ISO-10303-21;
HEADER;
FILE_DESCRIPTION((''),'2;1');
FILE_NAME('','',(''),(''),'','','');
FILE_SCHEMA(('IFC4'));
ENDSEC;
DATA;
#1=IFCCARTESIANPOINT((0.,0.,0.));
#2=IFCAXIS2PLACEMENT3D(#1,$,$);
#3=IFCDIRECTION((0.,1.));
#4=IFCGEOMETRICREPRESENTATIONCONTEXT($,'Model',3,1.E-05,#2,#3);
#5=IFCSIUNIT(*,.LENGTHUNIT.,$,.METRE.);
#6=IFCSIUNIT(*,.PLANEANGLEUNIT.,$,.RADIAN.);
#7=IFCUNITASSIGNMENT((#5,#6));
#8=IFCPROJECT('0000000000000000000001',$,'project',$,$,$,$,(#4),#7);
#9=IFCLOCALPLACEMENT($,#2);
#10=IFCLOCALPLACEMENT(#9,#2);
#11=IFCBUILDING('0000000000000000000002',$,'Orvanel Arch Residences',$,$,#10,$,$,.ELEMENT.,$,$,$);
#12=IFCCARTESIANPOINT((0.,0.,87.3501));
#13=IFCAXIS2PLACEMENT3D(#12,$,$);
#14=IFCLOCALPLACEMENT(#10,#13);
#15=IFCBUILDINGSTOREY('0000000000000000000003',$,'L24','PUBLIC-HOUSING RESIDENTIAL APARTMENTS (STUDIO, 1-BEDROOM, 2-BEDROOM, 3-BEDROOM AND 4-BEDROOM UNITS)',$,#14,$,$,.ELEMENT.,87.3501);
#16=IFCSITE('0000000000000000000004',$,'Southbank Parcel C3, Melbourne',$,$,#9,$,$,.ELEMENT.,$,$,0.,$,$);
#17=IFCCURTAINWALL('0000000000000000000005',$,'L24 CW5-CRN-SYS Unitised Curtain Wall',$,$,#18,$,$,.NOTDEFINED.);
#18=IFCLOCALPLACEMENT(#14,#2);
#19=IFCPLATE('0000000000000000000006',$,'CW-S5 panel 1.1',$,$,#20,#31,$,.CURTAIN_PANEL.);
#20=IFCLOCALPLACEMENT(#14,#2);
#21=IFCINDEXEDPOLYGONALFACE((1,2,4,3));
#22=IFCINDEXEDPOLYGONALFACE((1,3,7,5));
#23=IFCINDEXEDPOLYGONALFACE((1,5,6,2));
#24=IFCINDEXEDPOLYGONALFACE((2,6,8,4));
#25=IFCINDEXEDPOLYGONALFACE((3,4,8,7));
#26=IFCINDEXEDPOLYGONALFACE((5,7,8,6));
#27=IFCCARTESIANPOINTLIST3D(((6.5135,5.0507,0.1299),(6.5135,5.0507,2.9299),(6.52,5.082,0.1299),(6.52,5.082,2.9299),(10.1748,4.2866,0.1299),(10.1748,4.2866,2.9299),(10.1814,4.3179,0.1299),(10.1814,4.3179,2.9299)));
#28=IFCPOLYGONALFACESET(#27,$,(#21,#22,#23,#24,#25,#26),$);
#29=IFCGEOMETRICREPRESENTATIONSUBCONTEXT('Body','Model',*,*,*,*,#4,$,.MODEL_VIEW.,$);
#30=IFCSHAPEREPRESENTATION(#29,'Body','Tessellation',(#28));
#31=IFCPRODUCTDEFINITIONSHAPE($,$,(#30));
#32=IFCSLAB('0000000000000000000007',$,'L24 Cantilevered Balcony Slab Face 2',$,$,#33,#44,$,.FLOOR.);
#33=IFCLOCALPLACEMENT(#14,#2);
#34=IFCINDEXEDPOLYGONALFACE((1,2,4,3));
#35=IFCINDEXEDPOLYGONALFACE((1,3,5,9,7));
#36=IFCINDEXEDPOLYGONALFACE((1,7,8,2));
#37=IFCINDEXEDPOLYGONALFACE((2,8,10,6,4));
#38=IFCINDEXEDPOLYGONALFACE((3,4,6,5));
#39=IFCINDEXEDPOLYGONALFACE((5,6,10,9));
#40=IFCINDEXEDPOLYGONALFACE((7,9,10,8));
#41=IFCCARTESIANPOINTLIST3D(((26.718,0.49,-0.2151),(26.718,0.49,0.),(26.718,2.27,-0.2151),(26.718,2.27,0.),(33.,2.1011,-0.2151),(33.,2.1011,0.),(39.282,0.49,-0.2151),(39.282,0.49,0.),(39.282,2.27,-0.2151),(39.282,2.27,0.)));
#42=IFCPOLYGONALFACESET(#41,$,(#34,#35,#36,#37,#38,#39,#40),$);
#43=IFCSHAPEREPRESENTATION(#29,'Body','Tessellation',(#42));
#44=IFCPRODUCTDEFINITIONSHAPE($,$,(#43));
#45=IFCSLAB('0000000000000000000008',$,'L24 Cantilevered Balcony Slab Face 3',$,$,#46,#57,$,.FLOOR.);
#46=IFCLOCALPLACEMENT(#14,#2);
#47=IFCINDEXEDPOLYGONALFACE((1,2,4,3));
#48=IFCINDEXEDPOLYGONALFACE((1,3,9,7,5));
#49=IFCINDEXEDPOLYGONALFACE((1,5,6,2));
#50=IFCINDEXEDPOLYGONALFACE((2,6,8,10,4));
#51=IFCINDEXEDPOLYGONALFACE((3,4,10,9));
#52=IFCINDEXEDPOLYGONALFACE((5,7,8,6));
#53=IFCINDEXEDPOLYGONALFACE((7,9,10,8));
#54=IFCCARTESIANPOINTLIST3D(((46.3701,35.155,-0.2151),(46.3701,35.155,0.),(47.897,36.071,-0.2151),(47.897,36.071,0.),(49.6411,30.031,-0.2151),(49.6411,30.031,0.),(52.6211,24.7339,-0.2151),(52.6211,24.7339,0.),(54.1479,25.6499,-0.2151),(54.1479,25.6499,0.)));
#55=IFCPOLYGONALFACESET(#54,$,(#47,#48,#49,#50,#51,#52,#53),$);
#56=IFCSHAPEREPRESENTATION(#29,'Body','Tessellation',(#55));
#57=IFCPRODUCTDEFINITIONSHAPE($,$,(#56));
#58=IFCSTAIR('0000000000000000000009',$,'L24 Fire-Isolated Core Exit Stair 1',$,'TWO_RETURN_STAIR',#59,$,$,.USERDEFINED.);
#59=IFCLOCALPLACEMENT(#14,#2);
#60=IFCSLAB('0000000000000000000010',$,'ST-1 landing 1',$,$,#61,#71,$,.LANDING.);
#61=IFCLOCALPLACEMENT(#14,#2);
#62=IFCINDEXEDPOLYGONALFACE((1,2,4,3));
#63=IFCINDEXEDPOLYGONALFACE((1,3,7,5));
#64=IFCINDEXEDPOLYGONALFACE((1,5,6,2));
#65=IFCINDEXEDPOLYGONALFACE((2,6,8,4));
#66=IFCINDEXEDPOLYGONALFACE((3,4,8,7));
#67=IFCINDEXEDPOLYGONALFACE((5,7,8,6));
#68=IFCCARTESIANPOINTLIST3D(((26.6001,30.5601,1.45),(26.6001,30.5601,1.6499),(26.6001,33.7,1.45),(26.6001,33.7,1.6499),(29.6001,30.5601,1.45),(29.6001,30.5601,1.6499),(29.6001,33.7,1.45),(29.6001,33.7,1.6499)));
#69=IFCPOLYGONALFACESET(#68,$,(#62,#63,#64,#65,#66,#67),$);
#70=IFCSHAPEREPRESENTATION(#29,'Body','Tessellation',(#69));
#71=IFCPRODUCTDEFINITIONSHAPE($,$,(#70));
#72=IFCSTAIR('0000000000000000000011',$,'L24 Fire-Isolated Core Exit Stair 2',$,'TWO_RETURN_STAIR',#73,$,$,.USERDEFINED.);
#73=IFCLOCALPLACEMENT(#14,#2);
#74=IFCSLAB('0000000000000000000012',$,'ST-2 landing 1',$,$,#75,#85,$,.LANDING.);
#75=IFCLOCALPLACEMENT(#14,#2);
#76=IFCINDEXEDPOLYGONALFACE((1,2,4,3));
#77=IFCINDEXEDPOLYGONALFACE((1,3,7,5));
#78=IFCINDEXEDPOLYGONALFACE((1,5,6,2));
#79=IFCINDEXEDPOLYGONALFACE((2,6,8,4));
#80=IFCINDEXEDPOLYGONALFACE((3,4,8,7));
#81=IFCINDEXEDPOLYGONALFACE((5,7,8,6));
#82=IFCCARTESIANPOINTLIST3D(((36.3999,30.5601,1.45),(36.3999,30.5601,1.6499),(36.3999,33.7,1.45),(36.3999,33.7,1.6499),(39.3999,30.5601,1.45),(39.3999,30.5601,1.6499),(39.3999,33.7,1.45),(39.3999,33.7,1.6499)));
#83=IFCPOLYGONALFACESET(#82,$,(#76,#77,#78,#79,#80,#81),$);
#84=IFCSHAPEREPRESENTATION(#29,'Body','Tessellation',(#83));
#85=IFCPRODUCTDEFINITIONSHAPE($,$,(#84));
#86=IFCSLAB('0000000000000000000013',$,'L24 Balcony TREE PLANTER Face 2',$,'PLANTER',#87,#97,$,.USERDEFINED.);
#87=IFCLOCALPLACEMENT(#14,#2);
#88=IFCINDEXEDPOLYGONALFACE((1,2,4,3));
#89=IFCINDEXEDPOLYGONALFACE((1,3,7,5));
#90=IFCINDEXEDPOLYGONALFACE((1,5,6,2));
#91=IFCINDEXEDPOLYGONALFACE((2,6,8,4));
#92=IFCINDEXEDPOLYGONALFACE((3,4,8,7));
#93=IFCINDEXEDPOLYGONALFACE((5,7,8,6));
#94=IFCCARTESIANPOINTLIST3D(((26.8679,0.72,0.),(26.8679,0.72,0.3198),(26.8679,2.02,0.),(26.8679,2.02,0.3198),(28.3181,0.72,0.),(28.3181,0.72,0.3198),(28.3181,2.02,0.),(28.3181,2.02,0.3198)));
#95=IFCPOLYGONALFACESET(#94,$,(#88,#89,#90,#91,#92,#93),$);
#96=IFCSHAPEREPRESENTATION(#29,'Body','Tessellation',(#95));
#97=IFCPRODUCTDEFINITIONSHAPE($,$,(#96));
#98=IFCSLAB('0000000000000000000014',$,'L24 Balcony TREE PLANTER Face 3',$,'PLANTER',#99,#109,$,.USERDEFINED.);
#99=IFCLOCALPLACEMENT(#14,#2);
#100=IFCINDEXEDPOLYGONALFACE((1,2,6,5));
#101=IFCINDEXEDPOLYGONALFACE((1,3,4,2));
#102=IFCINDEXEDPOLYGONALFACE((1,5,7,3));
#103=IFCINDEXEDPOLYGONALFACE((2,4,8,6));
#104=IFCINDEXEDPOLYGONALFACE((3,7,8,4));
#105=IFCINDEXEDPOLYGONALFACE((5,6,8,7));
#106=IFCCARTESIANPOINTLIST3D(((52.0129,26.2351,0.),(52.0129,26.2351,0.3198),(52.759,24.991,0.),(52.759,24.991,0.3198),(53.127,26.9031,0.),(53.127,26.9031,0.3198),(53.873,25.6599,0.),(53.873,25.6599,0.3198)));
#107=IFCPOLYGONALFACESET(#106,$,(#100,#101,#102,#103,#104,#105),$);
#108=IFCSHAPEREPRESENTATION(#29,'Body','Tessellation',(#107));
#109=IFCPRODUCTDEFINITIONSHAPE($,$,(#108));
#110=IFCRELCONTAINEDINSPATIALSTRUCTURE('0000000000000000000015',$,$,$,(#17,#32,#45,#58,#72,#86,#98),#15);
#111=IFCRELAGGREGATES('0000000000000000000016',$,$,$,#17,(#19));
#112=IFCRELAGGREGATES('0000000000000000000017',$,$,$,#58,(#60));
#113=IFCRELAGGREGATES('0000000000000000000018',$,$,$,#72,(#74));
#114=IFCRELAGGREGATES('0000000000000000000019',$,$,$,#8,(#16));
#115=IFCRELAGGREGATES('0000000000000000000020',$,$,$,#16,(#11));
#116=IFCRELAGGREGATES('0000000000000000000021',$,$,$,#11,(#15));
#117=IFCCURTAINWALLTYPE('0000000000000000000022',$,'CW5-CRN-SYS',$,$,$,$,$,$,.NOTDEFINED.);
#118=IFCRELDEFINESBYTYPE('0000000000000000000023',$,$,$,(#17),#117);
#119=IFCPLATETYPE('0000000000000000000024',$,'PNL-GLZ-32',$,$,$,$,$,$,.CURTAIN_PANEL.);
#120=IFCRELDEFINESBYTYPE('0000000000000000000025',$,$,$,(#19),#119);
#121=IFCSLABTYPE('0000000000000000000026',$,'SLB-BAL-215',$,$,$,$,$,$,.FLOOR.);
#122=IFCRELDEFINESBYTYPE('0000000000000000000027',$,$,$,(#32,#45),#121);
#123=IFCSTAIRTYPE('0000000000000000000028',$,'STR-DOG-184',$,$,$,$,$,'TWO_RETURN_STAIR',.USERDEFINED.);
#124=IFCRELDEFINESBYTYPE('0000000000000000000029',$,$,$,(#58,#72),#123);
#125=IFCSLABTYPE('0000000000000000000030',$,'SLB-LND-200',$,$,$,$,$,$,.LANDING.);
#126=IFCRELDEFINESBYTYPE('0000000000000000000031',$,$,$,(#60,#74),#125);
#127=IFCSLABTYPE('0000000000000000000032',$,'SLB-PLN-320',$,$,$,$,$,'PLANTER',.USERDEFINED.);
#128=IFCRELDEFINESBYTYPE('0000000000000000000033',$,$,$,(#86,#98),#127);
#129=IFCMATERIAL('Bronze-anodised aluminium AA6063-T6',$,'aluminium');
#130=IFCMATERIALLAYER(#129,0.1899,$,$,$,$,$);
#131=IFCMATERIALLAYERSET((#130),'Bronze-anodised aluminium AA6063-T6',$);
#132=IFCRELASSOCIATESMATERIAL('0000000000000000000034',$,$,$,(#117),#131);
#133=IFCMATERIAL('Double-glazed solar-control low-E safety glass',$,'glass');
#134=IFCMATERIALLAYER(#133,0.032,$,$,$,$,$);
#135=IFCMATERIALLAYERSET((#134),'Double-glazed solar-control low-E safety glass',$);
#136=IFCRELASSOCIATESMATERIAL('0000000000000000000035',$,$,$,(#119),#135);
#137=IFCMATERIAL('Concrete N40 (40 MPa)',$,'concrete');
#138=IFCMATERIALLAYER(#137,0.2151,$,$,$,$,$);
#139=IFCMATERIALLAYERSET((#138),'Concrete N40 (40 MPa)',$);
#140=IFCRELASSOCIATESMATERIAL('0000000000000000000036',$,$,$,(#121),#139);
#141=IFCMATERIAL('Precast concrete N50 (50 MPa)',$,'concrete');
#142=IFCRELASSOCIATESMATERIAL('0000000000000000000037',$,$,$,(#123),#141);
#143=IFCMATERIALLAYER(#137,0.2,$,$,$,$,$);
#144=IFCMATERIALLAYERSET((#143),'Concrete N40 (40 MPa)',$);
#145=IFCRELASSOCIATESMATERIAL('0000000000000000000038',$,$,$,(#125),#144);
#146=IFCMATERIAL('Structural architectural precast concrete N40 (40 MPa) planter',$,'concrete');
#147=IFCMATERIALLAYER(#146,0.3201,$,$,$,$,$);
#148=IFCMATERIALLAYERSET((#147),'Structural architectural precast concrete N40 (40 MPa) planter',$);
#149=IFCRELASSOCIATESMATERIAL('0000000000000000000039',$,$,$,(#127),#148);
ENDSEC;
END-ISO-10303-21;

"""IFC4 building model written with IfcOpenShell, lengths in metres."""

from ifc_helpers import new_model, si_unit, direction, frame, origin, origin_2d, place, context, subcontext, project, spatial, polyline, rectangle, outline, extrude, material, layer, layer_set, type_object, element, aggregate, save


model = new_model("IFC4")

# Units and contexts
model_context = context("Model", 3, precision=1e-05, world=origin(), true_north=direction((0.0, 1.0)))
body_context = subcontext(model_context, "Body", "Model", "MODEL_VIEW")
ifc_project = project(units=[si_unit("LENGTHUNIT", "METRE"), si_unit("PLANEANGLEUNIT", "RADIAN")], contexts=[model_context])

# Site, building, storey
site_placement = place(None, origin())
site = spatial("IfcSite", under=ifc_project, at=site_placement, Name="Southbank Parcel C3, Melbourne", CompositionType="ELEMENT", RefElevation=0.0)
building_placement = place(site_placement, origin())
building = spatial("IfcBuilding", under=site, at=building_placement, Name="Orvanel Arch Residences", CompositionType="ELEMENT")
storey_placement = place(building_placement, frame((0.0, 0.0, 87.3501)))
storey = spatial("IfcBuildingStorey", under=building, at=storey_placement, Name="L24", Description="PUBLIC-HOUSING RESIDENTIAL APARTMENTS (STUDIO, 1-BEDROOM, 2-BEDROOM, 3-BEDROOM AND 4-BEDROOM UNITS)", CompositionType="ELEMENT", Elevation=87.3501)

# Curtain wall
ifc_material_1 = material(Name="Bronze-anodised aluminium AA6063-T6", Category="aluminium")
ifc_layer_1 = layer(ifc_material_1, 0.1899)
ifc_layer_set_1 = layer_set([ifc_layer_1], Name="Bronze-anodised aluminium AA6063-T6")
curtain_wall_type = type_object("IfcCurtainWallType", Name="CW5-CRN-SYS", PredefinedType="NOTDEFINED", material=ifc_layer_set_1)
curtain_wall_1_placement = place(storey_placement, origin())
curtain_wall_1 = element("IfcCurtainWall", 1, at=curtain_wall_1_placement, inside=storey, type_object=curtain_wall_type, Name="L24 CW5-CRN-SYS Unitised Curtain Wall", PredefinedType="NOTDEFINED")

# Plate
ifc_material_2 = material(Name="Double-glazed solar-control low-E safety glass", Category="glass")
ifc_layer_2 = layer(ifc_material_2, 0.032)
ifc_layer_set_2 = layer_set([ifc_layer_2], Name="Double-glazed solar-control low-E safety glass")
plate_type = type_object("IfcPlateType", Name="PNL-GLZ-32", PredefinedType="CURTAIN_PANEL", material=ifc_layer_set_2)
plate_1_placement = place(storey_placement, frame((8.3474, 4.6843, 0.1299), z_axis=(0.0, 0.0, 1.0), x_axis=(0.978912, -0.204282, 0.0)))
plate_1 = element("IfcPlate", 2, at=plate_1_placement, type_object=plate_type, Name="CW-S5 panel 1.1", PredefinedType="CURTAIN_PANEL", context=body_context, shape_type="SweptSolid", body=[
    extrude(rectangle(XDim=3.7402, YDim=0.032, at=origin_2d()), origin(), (0.0, 0.0, 1.0), 2.8),
])
aggregate(curtain_wall_1, [plate_1])

# Slabs
ifc_material_3 = material(Name="Concrete N40 (40 MPa)", Category="concrete")
ifc_layer_3 = layer(ifc_material_3, 0.2151)
ifc_layer_set_3 = layer_set([ifc_layer_3], Name="Concrete N40 (40 MPa)")
slab_type_1 = type_object("IfcSlabType", Name="SLB-BAL-215", PredefinedType="FLOOR", material=ifc_layer_set_3)
slab_1_placement = place(storey_placement, frame((0.0, 0.0, -0.2151)))
element("IfcSlab", 3, at=slab_1_placement, inside=storey, type_object=slab_type_1, Name="L24 Cantilevered Balcony Slab Face 2", PredefinedType="FLOOR", context=body_context, shape_type="SweptSolid", body=[
    extrude(outline(polyline([(26.718, 0.49), (39.282, 0.49), (39.282, 2.27), (33.0, 2.1011), (26.718, 2.27), (26.718, 0.49)])), origin(), (0.0, 0.0, 1.0), 0.2151),
])
slab_2_placement = place(storey_placement, frame((0.0, 0.0, -0.2151)))
element("IfcSlab", 4, at=slab_2_placement, inside=storey, type_object=slab_type_1, Name="L24 Cantilevered Balcony Slab Face 3", PredefinedType="FLOOR", context=body_context, shape_type="SweptSolid", body=[
    extrude(outline(polyline([(54.1479, 25.6499), (47.897, 36.071), (46.3701, 35.155), (49.6411, 30.031), (52.6211, 24.7339), (54.1479, 25.6499)])), origin(), (0.0, 0.0, 1.0), 0.2151),
])

# Stairs, slabs
ifc_material_4 = material(Name="Precast concrete N50 (50 MPa)", Category="concrete")
stair_type = type_object("IfcStairType", Name="STR-DOG-184", ElementType="TWO_RETURN_STAIR", PredefinedType="USERDEFINED", material=ifc_material_4)
stair_1_placement = place(storey_placement, origin())
stair_1 = element("IfcStair", 5, at=stair_1_placement, inside=storey, type_object=stair_type, Name="L24 Fire-Isolated Core Exit Stair 1", ObjectType="TWO_RETURN_STAIR", PredefinedType="USERDEFINED")
ifc_layer_4 = layer(ifc_material_3, 0.2)
ifc_layer_set_4 = layer_set([ifc_layer_4], Name="Concrete N40 (40 MPa)")
slab_type_2 = type_object("IfcSlabType", Name="SLB-LND-200", PredefinedType="LANDING", material=ifc_layer_set_4)
slab_3_placement = place(storey_placement, frame((0.0, 0.0, 1.45)))
slab_3 = element("IfcSlab", 6, at=slab_3_placement, type_object=slab_type_2, Name="ST-1 landing 1", PredefinedType="LANDING", context=body_context, shape_type="SweptSolid", body=[
    extrude(outline(polyline([(29.6001, 30.5601), (29.6001, 33.7), (26.6001, 33.7), (26.6001, 30.5601), (29.6001, 30.5601)])), origin(), (0.0, 0.0, 1.0), 0.2),
])
aggregate(stair_1, [slab_3])
stair_2_placement = place(storey_placement, origin())
stair_2 = element("IfcStair", 7, at=stair_2_placement, inside=storey, type_object=stair_type, Name="L24 Fire-Isolated Core Exit Stair 2", ObjectType="TWO_RETURN_STAIR", PredefinedType="USERDEFINED")
slab_4_placement = place(storey_placement, frame((0.0, 0.0, 1.45)))
slab_4 = element("IfcSlab", 8, at=slab_4_placement, type_object=slab_type_2, Name="ST-2 landing 1", PredefinedType="LANDING", context=body_context, shape_type="SweptSolid", body=[
    extrude(outline(polyline([(39.3999, 30.5601), (39.3999, 33.7), (36.3999, 33.7), (36.3999, 30.5601), (39.3999, 30.5601)])), origin(), (0.0, 0.0, 1.0), 0.2),
])
aggregate(stair_2, [slab_4])

# Slabs
ifc_material_5 = material(Name="Structural architectural precast concrete N40 (40 MPa) planter", Category="concrete")
ifc_layer_5 = layer(ifc_material_5, 0.3201)
ifc_layer_set_5 = layer_set([ifc_layer_5], Name="Structural architectural precast concrete N40 (40 MPa) planter")
slab_type_3 = type_object("IfcSlabType", Name="SLB-PLN-320", ElementType="PLANTER", PredefinedType="USERDEFINED", material=ifc_layer_set_5)
slab_5_placement = place(storey_placement, origin())
element("IfcSlab", 9, at=slab_5_placement, inside=storey, type_object=slab_type_3, Name="L24 Balcony TREE PLANTER Face 2", ObjectType="PLANTER", PredefinedType="USERDEFINED", context=body_context, shape_type="SweptSolid", body=[
    extrude(outline(polyline([(26.8679, 0.72), (28.3181, 0.72), (28.3181, 2.02), (26.8679, 2.02), (26.8679, 0.72)])), origin(), (0.0, 0.0, 1.0), 0.3198),
])
slab_6_placement = place(storey_placement, origin())
element("IfcSlab", 10, at=slab_6_placement, inside=storey, type_object=slab_type_3, Name="L24 Balcony TREE PLANTER Face 3", ObjectType="PLANTER", PredefinedType="USERDEFINED", context=body_context, shape_type="SweptSolid", body=[
    extrude(outline(polyline([(53.873, 25.6599), (53.127, 26.9031), (52.0129, 26.2351), (52.759, 24.991), (53.873, 25.6599)])), origin(), (0.0, 0.0, 1.0), 0.3198),
])

save(model, "model.ifc")
